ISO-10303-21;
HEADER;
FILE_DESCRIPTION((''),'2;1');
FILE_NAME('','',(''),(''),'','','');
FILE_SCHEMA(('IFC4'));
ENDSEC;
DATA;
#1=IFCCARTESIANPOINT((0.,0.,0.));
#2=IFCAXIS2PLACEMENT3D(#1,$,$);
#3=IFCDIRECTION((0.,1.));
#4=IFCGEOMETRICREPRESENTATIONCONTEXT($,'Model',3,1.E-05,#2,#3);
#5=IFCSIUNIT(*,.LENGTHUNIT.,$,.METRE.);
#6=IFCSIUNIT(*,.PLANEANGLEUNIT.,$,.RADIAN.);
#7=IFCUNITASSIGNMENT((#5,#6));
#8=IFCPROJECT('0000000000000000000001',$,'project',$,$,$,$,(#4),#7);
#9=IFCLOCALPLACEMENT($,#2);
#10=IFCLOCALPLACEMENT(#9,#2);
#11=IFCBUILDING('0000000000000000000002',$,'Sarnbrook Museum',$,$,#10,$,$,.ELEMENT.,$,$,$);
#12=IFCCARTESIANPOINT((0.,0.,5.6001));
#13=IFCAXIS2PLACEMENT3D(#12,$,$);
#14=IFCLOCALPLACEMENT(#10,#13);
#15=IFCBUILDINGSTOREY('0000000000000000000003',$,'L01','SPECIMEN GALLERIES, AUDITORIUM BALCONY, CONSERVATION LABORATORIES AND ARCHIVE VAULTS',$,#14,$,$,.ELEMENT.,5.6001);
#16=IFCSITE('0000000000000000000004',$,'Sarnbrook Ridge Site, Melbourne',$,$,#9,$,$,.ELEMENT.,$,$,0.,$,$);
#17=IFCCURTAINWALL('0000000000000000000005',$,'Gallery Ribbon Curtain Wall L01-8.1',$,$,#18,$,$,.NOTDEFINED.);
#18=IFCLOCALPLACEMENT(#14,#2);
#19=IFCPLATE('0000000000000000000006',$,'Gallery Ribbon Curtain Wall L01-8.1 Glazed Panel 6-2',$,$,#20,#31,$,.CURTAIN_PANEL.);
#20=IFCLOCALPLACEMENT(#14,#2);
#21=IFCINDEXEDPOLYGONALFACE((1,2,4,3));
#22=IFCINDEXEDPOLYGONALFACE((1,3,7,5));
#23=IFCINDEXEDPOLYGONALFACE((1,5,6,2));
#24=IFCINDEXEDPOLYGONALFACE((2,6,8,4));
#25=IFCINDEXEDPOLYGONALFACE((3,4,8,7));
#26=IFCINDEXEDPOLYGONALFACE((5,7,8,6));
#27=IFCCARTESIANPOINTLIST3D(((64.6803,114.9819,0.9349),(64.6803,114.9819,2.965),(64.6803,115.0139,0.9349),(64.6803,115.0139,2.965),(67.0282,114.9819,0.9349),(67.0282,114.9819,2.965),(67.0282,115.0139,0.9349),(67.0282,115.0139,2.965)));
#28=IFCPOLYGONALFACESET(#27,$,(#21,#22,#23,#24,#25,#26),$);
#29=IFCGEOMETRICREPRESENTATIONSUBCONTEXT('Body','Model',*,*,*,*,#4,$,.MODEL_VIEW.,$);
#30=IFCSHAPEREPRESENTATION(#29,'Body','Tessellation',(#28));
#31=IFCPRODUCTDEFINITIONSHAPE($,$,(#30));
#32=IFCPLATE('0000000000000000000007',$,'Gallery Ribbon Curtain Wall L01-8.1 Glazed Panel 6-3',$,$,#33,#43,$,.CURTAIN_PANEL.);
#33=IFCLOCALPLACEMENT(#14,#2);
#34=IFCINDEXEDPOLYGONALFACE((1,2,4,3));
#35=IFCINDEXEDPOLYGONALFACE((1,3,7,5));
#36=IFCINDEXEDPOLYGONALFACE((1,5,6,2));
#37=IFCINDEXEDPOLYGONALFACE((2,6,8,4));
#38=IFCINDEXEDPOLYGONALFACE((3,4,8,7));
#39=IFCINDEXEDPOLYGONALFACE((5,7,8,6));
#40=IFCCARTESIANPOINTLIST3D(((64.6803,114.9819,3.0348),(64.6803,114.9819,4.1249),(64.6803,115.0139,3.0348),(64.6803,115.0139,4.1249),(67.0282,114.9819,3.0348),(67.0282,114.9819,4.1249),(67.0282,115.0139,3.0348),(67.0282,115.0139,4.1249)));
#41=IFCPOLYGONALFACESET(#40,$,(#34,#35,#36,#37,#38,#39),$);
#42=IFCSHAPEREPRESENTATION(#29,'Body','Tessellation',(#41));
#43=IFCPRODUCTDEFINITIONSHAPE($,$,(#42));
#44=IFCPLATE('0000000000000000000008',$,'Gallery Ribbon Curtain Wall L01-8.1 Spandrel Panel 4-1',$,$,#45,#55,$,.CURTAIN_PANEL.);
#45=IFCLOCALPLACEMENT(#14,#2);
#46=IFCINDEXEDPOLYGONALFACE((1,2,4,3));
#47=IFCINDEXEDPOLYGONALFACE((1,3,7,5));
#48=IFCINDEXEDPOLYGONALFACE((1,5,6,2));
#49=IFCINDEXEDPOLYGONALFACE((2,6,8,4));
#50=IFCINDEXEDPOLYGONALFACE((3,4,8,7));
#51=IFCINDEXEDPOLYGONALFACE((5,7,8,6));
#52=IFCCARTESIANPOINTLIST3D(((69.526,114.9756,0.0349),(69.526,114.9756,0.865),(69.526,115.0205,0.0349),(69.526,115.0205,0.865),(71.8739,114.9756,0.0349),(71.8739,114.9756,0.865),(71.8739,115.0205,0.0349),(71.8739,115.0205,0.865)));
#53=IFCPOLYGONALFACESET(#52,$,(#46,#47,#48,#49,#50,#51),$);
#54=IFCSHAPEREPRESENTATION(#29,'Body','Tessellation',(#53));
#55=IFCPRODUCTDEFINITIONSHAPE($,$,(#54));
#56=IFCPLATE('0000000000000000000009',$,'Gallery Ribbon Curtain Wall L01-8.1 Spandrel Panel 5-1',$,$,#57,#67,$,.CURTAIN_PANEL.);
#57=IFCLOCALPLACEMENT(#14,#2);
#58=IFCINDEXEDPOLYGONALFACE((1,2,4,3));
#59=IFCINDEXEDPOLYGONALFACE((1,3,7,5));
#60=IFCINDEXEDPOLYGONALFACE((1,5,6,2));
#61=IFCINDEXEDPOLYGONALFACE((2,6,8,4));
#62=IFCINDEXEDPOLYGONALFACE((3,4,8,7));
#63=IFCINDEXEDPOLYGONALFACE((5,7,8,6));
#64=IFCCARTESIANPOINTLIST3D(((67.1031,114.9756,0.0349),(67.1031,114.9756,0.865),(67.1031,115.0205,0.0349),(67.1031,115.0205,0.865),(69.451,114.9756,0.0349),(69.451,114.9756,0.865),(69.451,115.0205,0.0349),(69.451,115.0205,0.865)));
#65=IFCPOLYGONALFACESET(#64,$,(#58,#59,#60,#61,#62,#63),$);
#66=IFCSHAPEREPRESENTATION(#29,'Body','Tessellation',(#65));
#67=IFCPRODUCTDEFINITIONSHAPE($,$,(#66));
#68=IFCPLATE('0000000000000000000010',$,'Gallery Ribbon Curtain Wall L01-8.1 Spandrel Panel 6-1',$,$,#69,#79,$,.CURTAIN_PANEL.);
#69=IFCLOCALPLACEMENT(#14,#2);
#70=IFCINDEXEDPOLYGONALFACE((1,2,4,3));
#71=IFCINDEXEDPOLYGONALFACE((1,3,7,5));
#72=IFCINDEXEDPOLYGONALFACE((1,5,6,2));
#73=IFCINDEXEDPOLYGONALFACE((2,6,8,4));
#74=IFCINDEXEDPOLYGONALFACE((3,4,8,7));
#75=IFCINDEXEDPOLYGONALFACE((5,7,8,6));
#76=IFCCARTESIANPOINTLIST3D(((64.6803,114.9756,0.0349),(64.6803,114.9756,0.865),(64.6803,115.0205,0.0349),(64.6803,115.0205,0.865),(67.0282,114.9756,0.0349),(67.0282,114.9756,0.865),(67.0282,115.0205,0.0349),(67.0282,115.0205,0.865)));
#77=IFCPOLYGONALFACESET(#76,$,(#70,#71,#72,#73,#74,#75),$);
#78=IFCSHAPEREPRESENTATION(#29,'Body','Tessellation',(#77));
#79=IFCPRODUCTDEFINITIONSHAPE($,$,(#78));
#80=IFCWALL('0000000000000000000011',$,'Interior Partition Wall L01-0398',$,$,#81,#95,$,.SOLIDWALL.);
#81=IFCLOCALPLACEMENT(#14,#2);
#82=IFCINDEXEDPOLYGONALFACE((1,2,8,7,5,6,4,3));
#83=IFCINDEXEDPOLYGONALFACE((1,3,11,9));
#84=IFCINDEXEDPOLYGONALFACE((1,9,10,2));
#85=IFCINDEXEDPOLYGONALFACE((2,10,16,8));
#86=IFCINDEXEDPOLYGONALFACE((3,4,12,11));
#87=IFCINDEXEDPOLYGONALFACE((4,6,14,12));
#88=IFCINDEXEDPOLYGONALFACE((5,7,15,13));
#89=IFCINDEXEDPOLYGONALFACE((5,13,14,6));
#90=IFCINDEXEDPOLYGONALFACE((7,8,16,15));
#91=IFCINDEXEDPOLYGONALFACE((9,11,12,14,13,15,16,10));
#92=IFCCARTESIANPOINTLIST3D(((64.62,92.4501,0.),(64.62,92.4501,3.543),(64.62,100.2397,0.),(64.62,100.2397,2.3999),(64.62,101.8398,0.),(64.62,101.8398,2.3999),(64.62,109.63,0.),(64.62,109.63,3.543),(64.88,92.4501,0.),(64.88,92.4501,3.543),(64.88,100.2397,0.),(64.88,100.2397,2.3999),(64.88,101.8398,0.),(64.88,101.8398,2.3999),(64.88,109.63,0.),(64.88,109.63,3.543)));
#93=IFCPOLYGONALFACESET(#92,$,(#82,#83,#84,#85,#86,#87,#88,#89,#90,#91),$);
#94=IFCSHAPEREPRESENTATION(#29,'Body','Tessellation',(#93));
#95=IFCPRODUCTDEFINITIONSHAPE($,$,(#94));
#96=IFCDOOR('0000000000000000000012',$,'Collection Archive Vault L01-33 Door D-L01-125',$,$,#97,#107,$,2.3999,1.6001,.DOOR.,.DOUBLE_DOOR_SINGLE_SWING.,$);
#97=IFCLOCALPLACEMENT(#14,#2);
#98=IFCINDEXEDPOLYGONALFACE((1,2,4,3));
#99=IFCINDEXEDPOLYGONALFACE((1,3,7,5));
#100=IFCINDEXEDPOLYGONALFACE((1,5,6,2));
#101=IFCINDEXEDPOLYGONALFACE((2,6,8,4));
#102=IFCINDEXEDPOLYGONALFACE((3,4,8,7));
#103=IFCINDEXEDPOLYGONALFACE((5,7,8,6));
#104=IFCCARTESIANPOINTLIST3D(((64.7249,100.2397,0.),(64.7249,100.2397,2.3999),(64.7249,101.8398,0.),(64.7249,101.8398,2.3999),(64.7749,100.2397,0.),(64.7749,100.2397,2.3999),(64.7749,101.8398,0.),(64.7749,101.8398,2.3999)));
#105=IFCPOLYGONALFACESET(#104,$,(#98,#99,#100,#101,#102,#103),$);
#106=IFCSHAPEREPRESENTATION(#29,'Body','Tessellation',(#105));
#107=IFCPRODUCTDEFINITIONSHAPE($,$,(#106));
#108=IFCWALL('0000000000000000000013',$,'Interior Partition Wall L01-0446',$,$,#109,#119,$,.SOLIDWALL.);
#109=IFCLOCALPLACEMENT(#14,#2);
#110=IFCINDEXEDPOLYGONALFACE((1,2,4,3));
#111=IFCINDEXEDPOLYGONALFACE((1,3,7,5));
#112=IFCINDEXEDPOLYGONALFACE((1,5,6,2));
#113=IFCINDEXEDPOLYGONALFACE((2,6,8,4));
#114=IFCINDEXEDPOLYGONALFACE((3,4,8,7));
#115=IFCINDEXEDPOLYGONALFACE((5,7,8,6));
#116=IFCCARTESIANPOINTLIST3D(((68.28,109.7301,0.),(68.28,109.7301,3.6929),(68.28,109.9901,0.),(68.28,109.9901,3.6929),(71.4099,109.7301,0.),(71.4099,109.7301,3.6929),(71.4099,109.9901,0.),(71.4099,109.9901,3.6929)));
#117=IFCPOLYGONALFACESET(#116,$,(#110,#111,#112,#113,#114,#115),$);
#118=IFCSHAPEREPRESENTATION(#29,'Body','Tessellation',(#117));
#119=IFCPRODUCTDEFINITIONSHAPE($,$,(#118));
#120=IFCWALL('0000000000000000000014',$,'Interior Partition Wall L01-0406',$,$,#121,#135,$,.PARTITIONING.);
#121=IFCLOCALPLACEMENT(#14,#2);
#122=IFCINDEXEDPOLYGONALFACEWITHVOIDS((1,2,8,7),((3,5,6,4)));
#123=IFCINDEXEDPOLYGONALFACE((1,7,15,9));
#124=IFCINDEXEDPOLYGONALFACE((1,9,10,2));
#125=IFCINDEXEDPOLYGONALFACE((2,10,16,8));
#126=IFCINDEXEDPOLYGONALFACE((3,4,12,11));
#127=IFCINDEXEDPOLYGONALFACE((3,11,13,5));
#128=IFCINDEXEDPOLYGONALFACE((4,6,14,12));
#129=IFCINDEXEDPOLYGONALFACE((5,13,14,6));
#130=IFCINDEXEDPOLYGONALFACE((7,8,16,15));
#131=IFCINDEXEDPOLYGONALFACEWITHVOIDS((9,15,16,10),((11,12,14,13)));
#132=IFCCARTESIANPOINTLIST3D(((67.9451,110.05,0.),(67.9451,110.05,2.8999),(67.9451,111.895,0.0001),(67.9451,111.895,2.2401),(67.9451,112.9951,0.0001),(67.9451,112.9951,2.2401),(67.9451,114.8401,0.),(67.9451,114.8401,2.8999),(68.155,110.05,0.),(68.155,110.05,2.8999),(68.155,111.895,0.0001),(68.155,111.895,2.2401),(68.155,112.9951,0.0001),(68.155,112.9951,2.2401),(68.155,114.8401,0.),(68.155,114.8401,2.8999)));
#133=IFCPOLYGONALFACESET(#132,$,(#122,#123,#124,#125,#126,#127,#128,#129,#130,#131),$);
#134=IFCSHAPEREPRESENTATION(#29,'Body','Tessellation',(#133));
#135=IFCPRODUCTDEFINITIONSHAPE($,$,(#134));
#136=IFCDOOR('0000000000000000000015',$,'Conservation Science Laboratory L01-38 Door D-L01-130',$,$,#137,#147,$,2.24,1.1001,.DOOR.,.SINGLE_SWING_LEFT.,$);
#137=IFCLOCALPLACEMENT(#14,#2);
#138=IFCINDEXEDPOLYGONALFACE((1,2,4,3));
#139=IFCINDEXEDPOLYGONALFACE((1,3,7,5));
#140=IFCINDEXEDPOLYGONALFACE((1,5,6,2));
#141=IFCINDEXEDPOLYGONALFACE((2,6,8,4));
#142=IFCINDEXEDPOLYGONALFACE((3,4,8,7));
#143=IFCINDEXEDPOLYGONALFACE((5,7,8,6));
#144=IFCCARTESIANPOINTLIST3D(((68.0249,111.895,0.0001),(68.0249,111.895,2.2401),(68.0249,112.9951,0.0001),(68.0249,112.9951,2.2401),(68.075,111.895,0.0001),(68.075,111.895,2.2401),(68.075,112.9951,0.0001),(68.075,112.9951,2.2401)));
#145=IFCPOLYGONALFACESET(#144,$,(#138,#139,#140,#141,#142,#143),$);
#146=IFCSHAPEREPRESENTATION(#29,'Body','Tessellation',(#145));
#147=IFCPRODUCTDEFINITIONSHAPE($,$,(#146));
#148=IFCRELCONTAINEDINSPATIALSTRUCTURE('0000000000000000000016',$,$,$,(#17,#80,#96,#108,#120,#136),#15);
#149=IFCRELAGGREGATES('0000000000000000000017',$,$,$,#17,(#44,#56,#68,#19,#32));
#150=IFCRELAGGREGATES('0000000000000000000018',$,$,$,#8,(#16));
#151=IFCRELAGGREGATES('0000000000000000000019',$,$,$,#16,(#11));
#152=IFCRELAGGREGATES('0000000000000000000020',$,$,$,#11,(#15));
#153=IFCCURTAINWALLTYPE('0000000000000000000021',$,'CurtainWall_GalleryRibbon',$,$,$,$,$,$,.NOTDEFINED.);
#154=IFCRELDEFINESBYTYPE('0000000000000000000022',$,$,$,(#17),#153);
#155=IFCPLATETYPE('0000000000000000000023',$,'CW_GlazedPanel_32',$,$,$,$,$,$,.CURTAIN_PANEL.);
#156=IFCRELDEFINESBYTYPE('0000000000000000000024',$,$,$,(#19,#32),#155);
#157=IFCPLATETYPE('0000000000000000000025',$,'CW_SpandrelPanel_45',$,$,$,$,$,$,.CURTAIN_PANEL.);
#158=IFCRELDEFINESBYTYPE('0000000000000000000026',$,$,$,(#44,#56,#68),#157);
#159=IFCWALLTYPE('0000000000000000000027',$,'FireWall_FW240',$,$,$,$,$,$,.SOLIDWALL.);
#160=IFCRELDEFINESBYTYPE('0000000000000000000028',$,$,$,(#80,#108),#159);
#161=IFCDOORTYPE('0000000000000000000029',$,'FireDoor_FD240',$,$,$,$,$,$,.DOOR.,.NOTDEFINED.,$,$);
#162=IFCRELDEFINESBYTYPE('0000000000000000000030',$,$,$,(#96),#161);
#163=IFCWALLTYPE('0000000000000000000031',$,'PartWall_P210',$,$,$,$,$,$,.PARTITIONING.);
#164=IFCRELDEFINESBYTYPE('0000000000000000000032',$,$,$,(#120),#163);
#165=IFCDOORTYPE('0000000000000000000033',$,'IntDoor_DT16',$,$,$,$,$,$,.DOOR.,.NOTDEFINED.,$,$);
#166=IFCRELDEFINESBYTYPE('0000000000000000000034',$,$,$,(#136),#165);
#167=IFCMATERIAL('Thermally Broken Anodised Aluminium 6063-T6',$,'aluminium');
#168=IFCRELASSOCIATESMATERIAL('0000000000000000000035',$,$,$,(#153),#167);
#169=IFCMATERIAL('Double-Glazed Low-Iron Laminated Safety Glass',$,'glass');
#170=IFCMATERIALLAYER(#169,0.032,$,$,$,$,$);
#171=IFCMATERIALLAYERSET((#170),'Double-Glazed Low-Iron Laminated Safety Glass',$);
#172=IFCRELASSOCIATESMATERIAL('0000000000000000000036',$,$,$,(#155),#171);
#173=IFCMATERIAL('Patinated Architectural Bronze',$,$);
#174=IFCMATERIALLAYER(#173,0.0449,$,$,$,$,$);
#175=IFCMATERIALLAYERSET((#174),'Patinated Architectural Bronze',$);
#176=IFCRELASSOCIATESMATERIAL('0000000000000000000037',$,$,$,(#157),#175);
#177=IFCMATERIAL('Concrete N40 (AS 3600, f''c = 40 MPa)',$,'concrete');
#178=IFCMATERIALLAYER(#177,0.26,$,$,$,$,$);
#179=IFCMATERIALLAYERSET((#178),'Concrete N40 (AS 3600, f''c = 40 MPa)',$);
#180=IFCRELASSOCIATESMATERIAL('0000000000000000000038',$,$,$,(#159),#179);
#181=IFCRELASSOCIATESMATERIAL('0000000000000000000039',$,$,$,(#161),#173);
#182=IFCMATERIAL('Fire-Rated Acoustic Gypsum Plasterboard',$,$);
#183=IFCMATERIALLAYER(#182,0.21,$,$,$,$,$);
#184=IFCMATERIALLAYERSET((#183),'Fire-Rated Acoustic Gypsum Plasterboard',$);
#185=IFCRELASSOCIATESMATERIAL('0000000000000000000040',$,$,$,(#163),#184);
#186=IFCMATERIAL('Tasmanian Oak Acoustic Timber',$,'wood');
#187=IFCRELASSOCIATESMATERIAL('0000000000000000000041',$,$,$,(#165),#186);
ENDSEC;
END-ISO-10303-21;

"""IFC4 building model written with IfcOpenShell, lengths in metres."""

from ifc_helpers import new_model, si_unit, direction, frame, frame_2d, origin, origin_2d, place, context, subcontext, project, spatial, rectangle, extrude, material, layer, layer_set, type_object, element, fill, aggregate, save


model = new_model("IFC4")

# Units and contexts
model_context = context("Model", 3, precision=1e-05, world=origin(), true_north=direction((0.0, 1.0)))
body_context = subcontext(model_context, "Body", "Model", "MODEL_VIEW")
ifc_project = project(units=[si_unit("LENGTHUNIT", "METRE"), si_unit("PLANEANGLEUNIT", "RADIAN")], contexts=[model_context])

# Site, building, storey
site_placement = place(None, origin())
site = spatial("IfcSite", under=ifc_project, at=site_placement, Name="Sarnbrook Ridge Site, Melbourne", CompositionType="ELEMENT", RefElevation=0.0)
building_placement = place(site_placement, origin())
building = spatial("IfcBuilding", under=site, at=building_placement, Name="Sarnbrook Museum", CompositionType="ELEMENT")
storey_placement = place(building_placement, frame((0.0, 0.0, 5.6001)))
storey = spatial("IfcBuildingStorey", under=building, at=storey_placement, Name="L01", Description="SPECIMEN GALLERIES, AUDITORIUM BALCONY, CONSERVATION LABORATORIES AND ARCHIVE VAULTS", CompositionType="ELEMENT", Elevation=5.6001)

# Shared definitions
ifc_material_1 = material(Name="Concrete N40 (AS 3600, f'c = 40 MPa)", Category="concrete")

# Curtain wall
ifc_material_2 = material(Name="Thermally Broken Anodised Aluminium 6063-T6", Category="aluminium")
curtain_wall_type = type_object("IfcCurtainWallType", Name="CurtainWall_GalleryRibbon", PredefinedType="NOTDEFINED", material=ifc_material_2)
curtain_wall_placement = place(storey_placement, origin())
curtain_wall = element("IfcCurtainWall", 1, at=curtain_wall_placement, inside=storey, type_object=curtain_wall_type, Name="Gallery Ribbon Curtain Wall L01-8.1", PredefinedType="NOTDEFINED")

# Plates
ifc_material_3 = material(Name="Double-Glazed Low-Iron Laminated Safety Glass", Category="glass")
ifc_layer_1 = layer(ifc_material_3, 0.032)
ifc_layer_set_1 = layer_set([ifc_layer_1], Name="Double-Glazed Low-Iron Laminated Safety Glass")
plate_type_1 = type_object("IfcPlateType", Name="CW_GlazedPanel_32", PredefinedType="CURTAIN_PANEL", material=ifc_layer_set_1)
plate_1_placement = place(storey_placement, frame((65.8542, 114.9819, 1.95), z_axis=(0.0, 1.0, 0.0), x_axis=(-1.0, 0.0, 0.0)))
plate_1 = element("IfcPlate", 2, at=plate_1_placement, type_object=plate_type_1, Name="Gallery Ribbon Curtain Wall L01-8.1 Glazed Panel 6-2", PredefinedType="CURTAIN_PANEL", context=body_context, shape_type="SweptSolid", body=[
    extrude(rectangle(XDim=2.3479, YDim=2.03, at=origin_2d()), origin(), (0.0, 0.0, 1.0), 0.032),
])
plate_2_placement = place(storey_placement, frame((65.8542, 114.9819, 3.5798), z_axis=(0.0, 1.0, 0.0), x_axis=(-1.0, 0.0, 0.0)))
plate_2 = element("IfcPlate", 3, at=plate_2_placement, type_object=plate_type_1, Name="Gallery Ribbon Curtain Wall L01-8.1 Glazed Panel 6-3", PredefinedType="CURTAIN_PANEL", context=body_context, shape_type="SweptSolid", body=[
    extrude(rectangle(XDim=2.3479, YDim=1.0901, at=origin_2d()), origin(), (0.0, 0.0, 1.0), 0.032),
])
ifc_material_4 = material(Name="Patinated Architectural Bronze")
ifc_layer_2 = layer(ifc_material_4, 0.0449)
ifc_layer_set_2 = layer_set([ifc_layer_2], Name="Patinated Architectural Bronze")
plate_type_2 = type_object("IfcPlateType", Name="CW_SpandrelPanel_45", PredefinedType="CURTAIN_PANEL", material=ifc_layer_set_2)
plate_3_placement = place(storey_placement, frame((70.7, 114.9756, 0.45), z_axis=(0.0, 1.0, 0.0), x_axis=(-1.0, 0.0, 0.0)))
plate_3 = element("IfcPlate", 4, at=plate_3_placement, type_object=plate_type_2, Name="Gallery Ribbon Curtain Wall L01-8.1 Spandrel Panel 4-1", PredefinedType="CURTAIN_PANEL", context=body_context, shape_type="SweptSolid", body=[
    extrude(rectangle(XDim=2.3479, YDim=0.8301, at=origin_2d()), origin(), (0.0, 0.0, 1.0), 0.0449),
])
plate_4_placement = place(storey_placement, frame((68.2771, 114.9756, 0.45), z_axis=(0.0, 1.0, 0.0), x_axis=(-1.0, 0.0, 0.0)))
plate_4 = element("IfcPlate", 5, at=plate_4_placement, type_object=plate_type_2, Name="Gallery Ribbon Curtain Wall L01-8.1 Spandrel Panel 5-1", PredefinedType="CURTAIN_PANEL", context=body_context, shape_type="SweptSolid", body=[
    extrude(rectangle(XDim=2.3479, YDim=0.8301, at=origin_2d()), origin(), (0.0, 0.0, 1.0), 0.0449),
])
plate_5_placement = place(storey_placement, frame((65.8542, 114.9756, 0.45), z_axis=(0.0, 1.0, 0.0), x_axis=(-1.0, 0.0, 0.0)))
plate_5 = element("IfcPlate", 6, at=plate_5_placement, type_object=plate_type_2, Name="Gallery Ribbon Curtain Wall L01-8.1 Spandrel Panel 6-1", PredefinedType="CURTAIN_PANEL", context=body_context, shape_type="SweptSolid", body=[
    extrude(rectangle(XDim=2.3479, YDim=0.8301, at=origin_2d()), origin(), (0.0, 0.0, 1.0), 0.0449),
])
aggregate(curtain_wall, [plate_3, plate_4, plate_5, plate_1, plate_2])

# Wall, opening, door
ifc_layer_3 = layer(ifc_material_1, 0.26)
ifc_layer_set_3 = layer_set([ifc_layer_3], Name="Concrete N40 (AS 3600, f'c = 40 MPa)")
wall_type_1 = type_object("IfcWallType", Name="FireWall_FW240", PredefinedType="SOLIDWALL", material=ifc_layer_set_3)
wall_1_placement = place(storey_placement, frame((64.75, 109.6299, 0.0), z_axis=(0.0, 0.0, 1.0), x_axis=(0.0, -1.0, 0.0)))
wall_1 = element("IfcWall", 7, at=wall_1_placement, inside=storey, type_object=wall_type_1, Name="Interior Partition Wall L01-0398", PredefinedType="SOLIDWALL", context=body_context, shape_type="SweptSolid", body=[
    extrude(rectangle(XDim=17.1799, YDim=0.26, at=frame_2d((8.5898, 0.0))), origin(), (0.0, 0.0, 1.0), 3.543),
])
opening_1_placement = place(wall_1_placement, frame((7.79, 0.0, 0.0)))
opening_1 = element("IfcOpeningElement", 8, at=opening_1_placement, cuts=wall_1, PredefinedType="OPENING", context=body_context, shape_type="SweptSolid", body=[
    extrude(rectangle(XDim=1.6001, YDim=2.3999, at=frame_2d((0.8, 1.2))), frame((0.0, 0.1401, 0.0), z_axis=(0.0, -1.0, 0.0), x_axis=(1.0, 0.0, 0.0)), (0.0, 0.0, 1.0), 0.28),
])
door_type_1 = type_object("IfcDoorType", Name="FireDoor_FD240", OperationType="NOTDEFINED", PredefinedType="DOOR", material=ifc_material_4)
door_1_placement = place(opening_1_placement, origin())
door_1 = element("IfcDoor", 9, at=door_1_placement, inside=storey, type_object=door_type_1, Name="Collection Archive Vault L01-33 Door D-L01-125", OperationType="DOUBLE_DOOR_SINGLE_SWING", OverallHeight=2.3999, OverallWidth=1.6001, PredefinedType="DOOR", context=body_context, shape_type="SweptSolid", body=[
    extrude(rectangle(XDim=1.6001, YDim=2.3999, at=frame_2d((0.8, 1.2))), frame((0.0, 0.0249, 0.0), z_axis=(0.0, -1.0, 0.0), x_axis=(1.0, 0.0, 0.0)), (0.0, 0.0, 1.0), 0.05),
])
fill(opening_1, door_1)

# Wall
wall_2_placement = place(storey_placement, frame((68.28, 109.8601, 0.0), z_axis=(0.0, 0.0, 1.0), x_axis=(1.0, 0.0, 0.0)))
element("IfcWall", 10, at=wall_2_placement, inside=storey, type_object=wall_type_1, Name="Interior Partition Wall L01-0446", PredefinedType="SOLIDWALL", context=body_context, shape_type="SweptSolid", body=[
    extrude(rectangle(XDim=3.1299, YDim=0.26, at=frame_2d((1.5649, 0.0))), origin(), (0.0, 0.0, 1.0), 3.6929),
])

# Wall, opening, door
ifc_material_5 = material(Name="Fire-Rated Acoustic Gypsum Plasterboard")
ifc_layer_4 = layer(ifc_material_5, 0.21)
ifc_layer_set_4 = layer_set([ifc_layer_4], Name="Fire-Rated Acoustic Gypsum Plasterboard")
wall_type_2 = type_object("IfcWallType", Name="PartWall_P210", PredefinedType="PARTITIONING", material=ifc_layer_set_4)
ifc_material_6 = material(Name="Tasmanian Oak Acoustic Timber", Category="wood")
wall_3_placement = place(storey_placement, frame((68.05, 110.05, 0.0), z_axis=(0.0, 0.0, 1.0), x_axis=(0.0, 1.0, 0.0)))
wall_3 = element("IfcWall", 11, at=wall_3_placement, inside=storey, type_object=wall_type_2, Name="Interior Partition Wall L01-0406", PredefinedType="PARTITIONING", context=body_context, shape_type="SweptSolid", body=[
    extrude(rectangle(XDim=4.79, YDim=0.21, at=frame_2d((2.395, 0.0))), origin(), (0.0, 0.0, 1.0), 2.8999),
])
opening_2_placement = place(wall_3_placement, frame((1.845, 0.0, 0.0)))
opening_2 = element("IfcOpeningElement", 12, at=opening_2_placement, cuts=wall_3, PredefinedType="OPENING", context=body_context, shape_type="SweptSolid", body=[
    extrude(rectangle(XDim=1.1001, YDim=2.24, at=frame_2d((0.55, 1.1201))), frame((0.0, 0.115, 0.0), z_axis=(0.0, -1.0, 0.0), x_axis=(1.0, 0.0, 0.0)), (0.0, 0.0, 1.0), 0.23),
])
door_type_2 = type_object("IfcDoorType", Name="IntDoor_DT16", OperationType="NOTDEFINED", PredefinedType="DOOR", material=ifc_material_6)
door_2_placement = place(opening_2_placement, frame((1.1001, 0.0, 0.0), z_axis=(0.0, 0.0, 1.0), x_axis=(-1.0, 0.0, 0.0)))
door_2 = element("IfcDoor", 13, at=door_2_placement, inside=storey, type_object=door_type_2, Name="Conservation Science Laboratory L01-38 Door D-L01-130", OperationType="SINGLE_SWING_LEFT", OverallHeight=2.24, OverallWidth=1.1001, PredefinedType="DOOR", context=body_context, shape_type="SweptSolid", body=[
    extrude(rectangle(XDim=1.1001, YDim=2.24, at=frame_2d((0.55, 1.1201))), frame((0.0, 0.0249, 0.0), z_axis=(0.0, -1.0, 0.0), x_axis=(1.0, 0.0, 0.0)), (0.0, 0.0, 1.0), 0.05),
])
fill(opening_2, door_2)

save(model, "model.ifc")
